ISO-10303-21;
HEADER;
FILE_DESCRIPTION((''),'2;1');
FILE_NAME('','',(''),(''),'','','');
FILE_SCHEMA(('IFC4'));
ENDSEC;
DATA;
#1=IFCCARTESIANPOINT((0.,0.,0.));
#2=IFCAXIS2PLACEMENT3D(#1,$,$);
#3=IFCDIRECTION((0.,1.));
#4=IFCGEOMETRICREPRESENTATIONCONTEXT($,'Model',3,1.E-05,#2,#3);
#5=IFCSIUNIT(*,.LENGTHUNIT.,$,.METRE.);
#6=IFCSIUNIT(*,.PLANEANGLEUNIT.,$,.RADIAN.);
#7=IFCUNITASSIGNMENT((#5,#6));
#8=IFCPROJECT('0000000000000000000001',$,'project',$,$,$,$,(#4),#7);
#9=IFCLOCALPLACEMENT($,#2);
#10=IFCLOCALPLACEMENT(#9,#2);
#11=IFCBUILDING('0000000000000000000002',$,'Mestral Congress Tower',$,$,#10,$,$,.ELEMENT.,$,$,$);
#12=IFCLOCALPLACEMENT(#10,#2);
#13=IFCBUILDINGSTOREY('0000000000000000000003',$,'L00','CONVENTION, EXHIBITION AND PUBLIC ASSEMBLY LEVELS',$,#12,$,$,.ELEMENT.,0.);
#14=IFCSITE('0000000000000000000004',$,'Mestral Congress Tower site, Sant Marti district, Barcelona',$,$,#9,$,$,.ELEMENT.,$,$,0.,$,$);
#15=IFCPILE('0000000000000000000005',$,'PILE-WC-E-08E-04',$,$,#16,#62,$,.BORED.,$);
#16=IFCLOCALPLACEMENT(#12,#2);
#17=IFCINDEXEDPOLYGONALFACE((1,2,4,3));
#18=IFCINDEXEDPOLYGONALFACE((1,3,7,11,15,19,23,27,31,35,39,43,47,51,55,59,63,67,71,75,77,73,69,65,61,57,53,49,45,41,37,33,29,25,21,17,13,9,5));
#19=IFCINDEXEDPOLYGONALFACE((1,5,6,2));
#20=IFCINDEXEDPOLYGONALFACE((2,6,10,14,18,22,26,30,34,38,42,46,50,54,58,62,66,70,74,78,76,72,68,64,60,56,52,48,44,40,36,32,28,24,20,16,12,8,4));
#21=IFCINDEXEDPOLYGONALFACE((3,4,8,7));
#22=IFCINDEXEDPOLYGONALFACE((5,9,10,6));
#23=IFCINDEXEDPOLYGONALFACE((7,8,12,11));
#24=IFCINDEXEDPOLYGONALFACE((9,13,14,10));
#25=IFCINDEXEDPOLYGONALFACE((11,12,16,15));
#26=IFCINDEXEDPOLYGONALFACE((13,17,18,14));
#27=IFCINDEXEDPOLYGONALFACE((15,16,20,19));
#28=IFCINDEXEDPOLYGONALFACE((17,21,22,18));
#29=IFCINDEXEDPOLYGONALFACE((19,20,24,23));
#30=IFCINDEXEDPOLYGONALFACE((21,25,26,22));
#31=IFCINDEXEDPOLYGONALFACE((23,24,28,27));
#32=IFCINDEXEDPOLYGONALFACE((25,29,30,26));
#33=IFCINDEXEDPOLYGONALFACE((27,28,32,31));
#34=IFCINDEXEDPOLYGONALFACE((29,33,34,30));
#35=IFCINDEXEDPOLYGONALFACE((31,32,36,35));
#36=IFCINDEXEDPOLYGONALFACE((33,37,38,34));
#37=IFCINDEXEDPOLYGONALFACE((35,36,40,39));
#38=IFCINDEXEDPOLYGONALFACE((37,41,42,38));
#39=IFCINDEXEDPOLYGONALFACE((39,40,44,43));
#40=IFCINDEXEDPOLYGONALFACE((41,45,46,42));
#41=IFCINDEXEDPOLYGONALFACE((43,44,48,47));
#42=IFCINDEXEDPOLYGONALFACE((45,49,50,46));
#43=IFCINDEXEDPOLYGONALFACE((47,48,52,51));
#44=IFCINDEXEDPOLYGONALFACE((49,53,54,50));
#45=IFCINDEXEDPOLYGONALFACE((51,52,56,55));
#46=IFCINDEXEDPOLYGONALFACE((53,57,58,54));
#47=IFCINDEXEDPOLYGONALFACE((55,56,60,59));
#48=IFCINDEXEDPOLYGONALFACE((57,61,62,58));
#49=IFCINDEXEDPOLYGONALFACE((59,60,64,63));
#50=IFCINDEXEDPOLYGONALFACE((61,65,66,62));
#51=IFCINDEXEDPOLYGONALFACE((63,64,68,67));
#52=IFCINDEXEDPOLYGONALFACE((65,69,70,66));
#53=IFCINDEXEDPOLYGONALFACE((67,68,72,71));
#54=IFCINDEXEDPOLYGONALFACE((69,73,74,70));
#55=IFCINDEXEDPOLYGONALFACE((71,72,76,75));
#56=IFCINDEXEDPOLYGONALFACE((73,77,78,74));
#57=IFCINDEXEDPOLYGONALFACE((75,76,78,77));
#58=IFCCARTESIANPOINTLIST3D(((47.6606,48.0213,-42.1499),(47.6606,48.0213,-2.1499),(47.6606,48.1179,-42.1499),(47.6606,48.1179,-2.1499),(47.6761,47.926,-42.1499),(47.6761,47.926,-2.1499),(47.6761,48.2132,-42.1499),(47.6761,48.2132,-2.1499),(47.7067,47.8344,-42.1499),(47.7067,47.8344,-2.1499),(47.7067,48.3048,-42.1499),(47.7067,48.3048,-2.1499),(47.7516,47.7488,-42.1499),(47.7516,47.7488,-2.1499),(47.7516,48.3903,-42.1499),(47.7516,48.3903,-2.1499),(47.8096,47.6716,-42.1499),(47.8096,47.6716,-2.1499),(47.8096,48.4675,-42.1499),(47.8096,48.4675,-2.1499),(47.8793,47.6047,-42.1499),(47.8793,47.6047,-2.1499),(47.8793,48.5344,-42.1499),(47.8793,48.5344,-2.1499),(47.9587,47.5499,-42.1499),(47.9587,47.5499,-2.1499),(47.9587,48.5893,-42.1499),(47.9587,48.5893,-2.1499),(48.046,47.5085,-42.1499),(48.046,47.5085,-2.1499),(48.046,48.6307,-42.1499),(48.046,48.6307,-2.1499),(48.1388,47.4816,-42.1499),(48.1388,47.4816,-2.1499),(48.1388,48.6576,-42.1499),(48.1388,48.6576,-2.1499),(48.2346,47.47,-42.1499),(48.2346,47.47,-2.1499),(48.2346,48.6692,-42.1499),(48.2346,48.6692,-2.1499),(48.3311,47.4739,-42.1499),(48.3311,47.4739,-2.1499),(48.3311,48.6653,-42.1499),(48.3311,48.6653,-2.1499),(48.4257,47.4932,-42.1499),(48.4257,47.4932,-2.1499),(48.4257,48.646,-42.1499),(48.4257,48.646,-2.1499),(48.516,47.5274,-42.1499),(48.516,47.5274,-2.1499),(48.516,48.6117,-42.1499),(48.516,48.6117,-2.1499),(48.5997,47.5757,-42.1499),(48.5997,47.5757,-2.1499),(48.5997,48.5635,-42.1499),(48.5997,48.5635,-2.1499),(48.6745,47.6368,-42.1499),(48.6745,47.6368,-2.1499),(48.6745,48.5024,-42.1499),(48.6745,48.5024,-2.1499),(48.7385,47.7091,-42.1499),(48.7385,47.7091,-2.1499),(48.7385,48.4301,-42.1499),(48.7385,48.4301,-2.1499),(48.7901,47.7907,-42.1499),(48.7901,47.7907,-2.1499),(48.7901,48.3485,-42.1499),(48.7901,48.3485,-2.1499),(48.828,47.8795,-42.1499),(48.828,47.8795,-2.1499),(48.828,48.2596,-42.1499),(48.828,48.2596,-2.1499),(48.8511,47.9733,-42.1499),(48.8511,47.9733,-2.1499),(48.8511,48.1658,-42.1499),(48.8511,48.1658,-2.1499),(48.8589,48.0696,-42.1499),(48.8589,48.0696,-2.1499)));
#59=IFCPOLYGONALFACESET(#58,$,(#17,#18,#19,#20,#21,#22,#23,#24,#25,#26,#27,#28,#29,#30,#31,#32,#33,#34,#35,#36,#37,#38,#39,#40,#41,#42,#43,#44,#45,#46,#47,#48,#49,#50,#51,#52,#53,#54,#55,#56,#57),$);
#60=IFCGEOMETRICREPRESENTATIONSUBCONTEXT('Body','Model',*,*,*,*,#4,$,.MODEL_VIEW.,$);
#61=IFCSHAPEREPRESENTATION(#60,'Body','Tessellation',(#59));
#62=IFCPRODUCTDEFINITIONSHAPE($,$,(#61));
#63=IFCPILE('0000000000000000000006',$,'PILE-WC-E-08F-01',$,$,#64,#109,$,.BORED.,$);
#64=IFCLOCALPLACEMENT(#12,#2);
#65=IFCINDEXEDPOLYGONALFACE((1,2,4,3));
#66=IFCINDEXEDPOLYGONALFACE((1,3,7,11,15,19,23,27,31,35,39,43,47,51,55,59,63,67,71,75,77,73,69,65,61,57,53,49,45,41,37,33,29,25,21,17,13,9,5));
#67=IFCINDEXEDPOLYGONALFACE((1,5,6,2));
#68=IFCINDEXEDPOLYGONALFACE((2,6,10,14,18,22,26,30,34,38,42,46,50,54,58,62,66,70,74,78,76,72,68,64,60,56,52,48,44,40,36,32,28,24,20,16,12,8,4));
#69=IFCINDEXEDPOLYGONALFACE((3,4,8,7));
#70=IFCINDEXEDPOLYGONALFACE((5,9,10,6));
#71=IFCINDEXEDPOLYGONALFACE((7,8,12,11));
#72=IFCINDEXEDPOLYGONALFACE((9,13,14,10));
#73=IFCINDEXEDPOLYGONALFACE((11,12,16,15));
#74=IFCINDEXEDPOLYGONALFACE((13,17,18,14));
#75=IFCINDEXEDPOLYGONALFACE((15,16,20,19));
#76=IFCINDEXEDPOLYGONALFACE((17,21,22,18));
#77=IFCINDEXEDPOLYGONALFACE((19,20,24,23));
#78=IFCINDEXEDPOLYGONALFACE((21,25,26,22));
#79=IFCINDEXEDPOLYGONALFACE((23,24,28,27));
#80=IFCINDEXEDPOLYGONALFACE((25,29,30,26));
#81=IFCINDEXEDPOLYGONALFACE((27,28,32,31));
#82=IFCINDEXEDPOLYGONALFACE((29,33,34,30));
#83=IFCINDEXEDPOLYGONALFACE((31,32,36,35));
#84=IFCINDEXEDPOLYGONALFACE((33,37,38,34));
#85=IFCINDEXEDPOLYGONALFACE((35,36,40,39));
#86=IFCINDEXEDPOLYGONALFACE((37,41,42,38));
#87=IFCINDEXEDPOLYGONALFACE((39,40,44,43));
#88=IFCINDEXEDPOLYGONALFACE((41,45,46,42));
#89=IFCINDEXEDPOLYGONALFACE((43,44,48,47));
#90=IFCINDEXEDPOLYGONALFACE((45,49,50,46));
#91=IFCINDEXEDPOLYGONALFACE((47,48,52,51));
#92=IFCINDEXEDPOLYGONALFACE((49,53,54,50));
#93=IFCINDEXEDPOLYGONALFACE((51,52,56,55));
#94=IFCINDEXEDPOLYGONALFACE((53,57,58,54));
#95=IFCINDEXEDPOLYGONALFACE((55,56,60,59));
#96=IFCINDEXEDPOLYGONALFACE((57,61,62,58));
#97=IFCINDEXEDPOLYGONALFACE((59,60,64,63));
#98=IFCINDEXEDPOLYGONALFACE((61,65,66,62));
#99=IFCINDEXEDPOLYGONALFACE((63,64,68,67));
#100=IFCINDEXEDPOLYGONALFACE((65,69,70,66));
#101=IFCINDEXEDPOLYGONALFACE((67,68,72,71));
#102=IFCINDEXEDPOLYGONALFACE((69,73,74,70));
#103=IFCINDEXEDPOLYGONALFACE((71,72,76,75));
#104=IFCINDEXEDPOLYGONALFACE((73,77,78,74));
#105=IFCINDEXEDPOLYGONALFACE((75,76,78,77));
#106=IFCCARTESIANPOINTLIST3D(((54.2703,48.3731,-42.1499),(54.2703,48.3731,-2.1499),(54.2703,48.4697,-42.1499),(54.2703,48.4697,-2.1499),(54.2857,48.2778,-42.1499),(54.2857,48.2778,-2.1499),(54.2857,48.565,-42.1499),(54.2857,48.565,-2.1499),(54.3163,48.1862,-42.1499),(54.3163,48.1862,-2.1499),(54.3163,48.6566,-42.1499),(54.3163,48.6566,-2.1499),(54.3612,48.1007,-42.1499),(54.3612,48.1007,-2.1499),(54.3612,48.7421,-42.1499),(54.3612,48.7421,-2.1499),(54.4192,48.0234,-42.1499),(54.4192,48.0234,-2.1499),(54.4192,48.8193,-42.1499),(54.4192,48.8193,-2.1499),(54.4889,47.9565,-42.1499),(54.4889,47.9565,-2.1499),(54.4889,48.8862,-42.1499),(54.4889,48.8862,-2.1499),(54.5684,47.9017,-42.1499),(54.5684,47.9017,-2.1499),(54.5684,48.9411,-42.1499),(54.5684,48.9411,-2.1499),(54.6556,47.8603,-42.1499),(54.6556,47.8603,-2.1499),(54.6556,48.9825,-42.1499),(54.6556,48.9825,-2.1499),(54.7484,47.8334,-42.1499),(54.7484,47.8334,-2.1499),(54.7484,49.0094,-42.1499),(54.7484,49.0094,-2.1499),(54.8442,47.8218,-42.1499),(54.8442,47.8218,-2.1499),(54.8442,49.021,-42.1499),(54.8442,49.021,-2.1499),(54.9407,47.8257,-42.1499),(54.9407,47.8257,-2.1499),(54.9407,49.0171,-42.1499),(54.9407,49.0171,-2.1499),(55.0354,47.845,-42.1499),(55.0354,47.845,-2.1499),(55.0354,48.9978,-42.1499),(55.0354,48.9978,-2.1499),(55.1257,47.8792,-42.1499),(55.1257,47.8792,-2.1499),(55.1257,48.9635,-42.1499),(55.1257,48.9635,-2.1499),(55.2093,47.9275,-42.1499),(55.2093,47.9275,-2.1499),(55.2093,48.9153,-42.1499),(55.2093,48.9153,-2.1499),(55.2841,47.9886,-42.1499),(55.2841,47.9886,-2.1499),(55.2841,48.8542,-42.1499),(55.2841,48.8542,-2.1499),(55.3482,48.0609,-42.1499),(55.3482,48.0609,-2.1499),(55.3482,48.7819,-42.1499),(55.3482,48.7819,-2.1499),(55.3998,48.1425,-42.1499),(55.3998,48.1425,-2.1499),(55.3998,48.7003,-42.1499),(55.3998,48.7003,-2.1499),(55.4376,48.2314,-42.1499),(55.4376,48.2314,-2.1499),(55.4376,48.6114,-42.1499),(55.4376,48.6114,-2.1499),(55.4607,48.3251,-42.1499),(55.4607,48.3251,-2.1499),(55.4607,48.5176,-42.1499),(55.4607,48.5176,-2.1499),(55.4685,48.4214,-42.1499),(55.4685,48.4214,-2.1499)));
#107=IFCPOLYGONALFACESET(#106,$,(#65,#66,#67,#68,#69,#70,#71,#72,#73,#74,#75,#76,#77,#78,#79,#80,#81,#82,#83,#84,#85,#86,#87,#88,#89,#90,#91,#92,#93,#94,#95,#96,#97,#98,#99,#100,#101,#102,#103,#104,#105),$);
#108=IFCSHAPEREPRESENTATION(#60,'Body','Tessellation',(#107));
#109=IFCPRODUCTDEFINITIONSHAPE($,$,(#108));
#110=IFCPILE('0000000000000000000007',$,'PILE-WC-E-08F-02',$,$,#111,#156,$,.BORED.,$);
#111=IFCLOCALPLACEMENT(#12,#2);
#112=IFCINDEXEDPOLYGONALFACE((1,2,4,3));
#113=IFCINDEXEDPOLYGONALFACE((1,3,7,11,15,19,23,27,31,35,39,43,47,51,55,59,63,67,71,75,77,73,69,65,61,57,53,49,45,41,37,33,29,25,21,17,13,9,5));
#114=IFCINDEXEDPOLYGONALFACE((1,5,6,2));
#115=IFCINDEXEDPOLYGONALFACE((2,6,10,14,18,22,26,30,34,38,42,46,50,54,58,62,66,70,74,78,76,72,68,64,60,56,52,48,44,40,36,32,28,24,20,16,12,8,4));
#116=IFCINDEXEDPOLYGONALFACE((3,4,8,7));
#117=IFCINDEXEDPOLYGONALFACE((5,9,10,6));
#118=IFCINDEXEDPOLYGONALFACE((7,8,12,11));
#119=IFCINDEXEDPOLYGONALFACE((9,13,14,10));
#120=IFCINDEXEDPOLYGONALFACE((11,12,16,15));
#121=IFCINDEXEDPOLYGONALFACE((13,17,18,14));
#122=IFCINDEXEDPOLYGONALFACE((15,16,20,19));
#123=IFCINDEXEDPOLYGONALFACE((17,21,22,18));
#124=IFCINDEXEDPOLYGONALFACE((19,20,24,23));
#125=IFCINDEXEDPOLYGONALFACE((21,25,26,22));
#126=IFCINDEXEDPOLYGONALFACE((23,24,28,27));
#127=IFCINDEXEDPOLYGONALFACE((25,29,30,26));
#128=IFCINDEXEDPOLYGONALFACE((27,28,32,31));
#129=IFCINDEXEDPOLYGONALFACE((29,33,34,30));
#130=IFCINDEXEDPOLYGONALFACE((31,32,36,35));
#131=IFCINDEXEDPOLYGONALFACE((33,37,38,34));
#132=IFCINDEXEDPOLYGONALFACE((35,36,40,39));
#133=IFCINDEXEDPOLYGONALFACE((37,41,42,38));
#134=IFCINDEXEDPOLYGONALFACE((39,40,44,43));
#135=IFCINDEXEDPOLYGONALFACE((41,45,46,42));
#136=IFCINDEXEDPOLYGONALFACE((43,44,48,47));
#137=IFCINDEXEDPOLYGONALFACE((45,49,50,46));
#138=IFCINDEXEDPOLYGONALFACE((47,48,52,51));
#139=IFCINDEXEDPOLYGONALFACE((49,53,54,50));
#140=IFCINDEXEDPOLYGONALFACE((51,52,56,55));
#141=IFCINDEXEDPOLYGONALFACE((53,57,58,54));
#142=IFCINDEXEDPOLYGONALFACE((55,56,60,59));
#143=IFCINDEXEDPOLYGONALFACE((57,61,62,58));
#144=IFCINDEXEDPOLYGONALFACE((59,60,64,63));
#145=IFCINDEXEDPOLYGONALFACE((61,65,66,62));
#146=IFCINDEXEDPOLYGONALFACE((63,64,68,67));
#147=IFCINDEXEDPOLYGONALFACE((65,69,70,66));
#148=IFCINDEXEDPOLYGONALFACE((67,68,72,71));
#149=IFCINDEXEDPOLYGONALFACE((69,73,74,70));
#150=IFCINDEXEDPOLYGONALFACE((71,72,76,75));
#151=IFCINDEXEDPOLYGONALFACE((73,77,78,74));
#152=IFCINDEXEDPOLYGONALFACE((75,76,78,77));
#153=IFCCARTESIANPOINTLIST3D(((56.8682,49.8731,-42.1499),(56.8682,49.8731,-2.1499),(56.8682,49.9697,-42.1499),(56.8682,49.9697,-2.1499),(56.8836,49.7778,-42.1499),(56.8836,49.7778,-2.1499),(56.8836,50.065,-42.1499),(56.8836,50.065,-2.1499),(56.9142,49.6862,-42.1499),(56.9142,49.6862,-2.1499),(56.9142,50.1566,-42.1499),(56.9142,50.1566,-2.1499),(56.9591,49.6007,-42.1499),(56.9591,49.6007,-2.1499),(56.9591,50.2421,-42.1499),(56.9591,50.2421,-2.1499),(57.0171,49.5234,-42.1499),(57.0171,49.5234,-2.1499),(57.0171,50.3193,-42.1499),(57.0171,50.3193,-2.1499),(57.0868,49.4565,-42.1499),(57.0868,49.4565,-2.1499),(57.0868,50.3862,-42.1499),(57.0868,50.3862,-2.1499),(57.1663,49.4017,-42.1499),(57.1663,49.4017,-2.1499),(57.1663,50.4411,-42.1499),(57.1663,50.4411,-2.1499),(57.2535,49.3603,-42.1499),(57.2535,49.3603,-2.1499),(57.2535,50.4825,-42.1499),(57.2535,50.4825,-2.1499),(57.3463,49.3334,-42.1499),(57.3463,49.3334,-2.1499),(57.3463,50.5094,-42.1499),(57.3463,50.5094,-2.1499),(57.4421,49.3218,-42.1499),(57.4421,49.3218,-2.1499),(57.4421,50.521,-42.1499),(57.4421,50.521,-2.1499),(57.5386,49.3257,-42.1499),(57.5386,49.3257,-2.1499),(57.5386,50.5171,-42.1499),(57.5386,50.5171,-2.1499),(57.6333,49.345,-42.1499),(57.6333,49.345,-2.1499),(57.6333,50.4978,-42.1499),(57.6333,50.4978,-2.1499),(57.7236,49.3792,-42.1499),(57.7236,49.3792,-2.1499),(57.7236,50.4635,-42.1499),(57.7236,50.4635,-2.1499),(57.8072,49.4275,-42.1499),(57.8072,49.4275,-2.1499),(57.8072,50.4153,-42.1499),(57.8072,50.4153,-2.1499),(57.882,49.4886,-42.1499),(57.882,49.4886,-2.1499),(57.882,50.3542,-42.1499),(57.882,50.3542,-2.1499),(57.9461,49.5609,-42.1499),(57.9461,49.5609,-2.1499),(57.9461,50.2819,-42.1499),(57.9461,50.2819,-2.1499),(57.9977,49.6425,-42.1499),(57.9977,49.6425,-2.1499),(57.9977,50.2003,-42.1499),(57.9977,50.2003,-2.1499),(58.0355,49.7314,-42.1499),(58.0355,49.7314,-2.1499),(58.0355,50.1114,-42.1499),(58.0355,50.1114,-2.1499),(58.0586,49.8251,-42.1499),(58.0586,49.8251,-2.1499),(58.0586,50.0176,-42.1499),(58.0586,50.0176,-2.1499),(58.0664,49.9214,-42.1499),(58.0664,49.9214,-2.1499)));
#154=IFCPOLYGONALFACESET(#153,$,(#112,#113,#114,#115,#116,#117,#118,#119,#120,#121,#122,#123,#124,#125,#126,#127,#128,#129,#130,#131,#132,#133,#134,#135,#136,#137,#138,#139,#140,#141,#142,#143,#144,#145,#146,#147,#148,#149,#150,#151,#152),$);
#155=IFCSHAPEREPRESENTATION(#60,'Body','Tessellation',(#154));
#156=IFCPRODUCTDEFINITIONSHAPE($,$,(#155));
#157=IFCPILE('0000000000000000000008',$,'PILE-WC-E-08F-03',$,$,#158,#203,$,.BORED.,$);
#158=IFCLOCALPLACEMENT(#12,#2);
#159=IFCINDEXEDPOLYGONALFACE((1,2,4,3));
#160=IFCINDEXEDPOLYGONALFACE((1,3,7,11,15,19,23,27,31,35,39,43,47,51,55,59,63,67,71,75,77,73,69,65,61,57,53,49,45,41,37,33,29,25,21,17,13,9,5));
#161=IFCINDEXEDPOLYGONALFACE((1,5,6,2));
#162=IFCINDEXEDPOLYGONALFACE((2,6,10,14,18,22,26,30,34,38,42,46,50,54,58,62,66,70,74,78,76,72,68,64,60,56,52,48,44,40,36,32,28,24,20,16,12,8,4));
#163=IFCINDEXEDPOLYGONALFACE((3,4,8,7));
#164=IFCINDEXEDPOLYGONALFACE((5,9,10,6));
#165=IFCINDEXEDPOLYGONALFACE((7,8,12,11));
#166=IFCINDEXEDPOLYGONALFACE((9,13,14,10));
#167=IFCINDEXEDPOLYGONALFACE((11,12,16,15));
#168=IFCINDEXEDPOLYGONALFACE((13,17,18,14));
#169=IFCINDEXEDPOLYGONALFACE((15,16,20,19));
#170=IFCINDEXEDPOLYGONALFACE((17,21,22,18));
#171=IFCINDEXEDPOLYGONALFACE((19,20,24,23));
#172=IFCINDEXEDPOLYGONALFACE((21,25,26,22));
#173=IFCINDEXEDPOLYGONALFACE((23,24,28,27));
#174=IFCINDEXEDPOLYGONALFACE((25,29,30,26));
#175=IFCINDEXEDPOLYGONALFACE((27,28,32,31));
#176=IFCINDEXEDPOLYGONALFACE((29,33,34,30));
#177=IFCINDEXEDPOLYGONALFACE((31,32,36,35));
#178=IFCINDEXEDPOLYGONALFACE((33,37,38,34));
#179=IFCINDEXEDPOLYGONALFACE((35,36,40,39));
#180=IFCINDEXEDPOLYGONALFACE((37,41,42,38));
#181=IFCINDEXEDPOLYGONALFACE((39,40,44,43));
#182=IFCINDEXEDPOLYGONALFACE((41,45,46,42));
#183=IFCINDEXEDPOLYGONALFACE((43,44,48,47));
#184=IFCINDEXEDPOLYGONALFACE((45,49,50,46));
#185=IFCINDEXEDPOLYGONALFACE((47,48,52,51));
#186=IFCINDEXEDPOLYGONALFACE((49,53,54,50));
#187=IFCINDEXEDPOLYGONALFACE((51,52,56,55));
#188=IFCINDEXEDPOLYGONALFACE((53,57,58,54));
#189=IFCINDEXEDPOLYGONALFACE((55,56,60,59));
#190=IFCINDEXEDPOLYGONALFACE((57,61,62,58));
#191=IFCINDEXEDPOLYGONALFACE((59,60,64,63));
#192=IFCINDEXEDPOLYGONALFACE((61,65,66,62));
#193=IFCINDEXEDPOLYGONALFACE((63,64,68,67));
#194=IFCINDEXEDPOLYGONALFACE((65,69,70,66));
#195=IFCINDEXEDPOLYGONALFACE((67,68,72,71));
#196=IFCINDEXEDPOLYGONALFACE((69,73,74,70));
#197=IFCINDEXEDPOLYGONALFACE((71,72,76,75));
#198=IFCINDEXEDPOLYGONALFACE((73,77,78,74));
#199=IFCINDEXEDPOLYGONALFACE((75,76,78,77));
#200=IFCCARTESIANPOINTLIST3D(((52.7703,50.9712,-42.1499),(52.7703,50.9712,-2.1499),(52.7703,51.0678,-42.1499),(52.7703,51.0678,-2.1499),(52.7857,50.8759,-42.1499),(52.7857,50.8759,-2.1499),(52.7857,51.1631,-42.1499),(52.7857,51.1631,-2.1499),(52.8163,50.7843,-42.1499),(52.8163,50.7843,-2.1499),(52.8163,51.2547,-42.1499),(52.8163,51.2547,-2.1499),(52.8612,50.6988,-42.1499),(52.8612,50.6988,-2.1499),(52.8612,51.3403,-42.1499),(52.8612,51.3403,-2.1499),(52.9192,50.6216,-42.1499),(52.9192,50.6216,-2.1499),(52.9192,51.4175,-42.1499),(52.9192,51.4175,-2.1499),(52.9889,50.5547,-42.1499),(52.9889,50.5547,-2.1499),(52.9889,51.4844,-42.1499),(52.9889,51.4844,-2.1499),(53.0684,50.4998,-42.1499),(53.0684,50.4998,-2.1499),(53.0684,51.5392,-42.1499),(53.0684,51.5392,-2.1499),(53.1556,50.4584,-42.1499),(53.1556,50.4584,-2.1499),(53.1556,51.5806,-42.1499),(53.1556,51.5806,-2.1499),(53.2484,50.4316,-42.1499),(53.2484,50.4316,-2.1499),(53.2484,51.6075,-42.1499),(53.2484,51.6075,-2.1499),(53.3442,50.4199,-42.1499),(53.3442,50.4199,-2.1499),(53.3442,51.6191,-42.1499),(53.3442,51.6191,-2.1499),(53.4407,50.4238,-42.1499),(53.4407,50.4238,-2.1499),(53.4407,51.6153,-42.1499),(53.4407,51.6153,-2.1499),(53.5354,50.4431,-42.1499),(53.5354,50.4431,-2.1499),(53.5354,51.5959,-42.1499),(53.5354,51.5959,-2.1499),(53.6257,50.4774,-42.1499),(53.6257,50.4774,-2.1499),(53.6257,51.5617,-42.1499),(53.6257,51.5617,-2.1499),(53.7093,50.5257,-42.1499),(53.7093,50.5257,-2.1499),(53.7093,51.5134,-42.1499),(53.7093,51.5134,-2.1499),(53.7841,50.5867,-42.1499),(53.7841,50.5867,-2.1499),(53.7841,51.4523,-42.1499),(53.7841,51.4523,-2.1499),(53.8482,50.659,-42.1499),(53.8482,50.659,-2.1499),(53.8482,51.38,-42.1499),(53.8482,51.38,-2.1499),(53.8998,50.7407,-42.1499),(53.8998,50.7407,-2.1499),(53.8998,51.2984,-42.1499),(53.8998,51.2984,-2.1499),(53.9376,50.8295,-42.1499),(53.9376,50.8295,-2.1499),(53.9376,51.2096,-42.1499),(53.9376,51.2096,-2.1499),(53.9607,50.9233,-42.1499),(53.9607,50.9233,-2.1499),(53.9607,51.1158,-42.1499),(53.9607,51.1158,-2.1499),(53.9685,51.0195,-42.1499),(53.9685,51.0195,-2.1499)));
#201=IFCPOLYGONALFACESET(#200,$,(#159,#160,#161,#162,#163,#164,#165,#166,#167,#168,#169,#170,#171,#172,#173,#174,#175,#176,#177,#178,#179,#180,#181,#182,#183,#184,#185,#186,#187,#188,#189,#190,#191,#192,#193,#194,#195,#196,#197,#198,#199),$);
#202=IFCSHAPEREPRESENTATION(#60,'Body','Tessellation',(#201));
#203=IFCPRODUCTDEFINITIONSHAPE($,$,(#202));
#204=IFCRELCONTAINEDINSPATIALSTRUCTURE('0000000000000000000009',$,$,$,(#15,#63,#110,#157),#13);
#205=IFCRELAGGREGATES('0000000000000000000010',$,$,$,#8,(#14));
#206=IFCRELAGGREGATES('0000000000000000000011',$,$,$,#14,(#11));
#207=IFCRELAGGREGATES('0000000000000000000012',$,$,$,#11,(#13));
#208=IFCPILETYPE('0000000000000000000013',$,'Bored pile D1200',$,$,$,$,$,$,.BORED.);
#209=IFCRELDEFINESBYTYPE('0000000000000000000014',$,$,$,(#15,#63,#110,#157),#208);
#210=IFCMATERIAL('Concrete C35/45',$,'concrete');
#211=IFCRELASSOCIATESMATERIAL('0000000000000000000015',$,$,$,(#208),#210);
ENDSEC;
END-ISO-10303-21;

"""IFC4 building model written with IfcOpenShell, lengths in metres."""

from ifc_helpers import new_model, si_unit, direction, frame, origin, origin_2d, place, context, subcontext, project, spatial, circle, extrude, material, material_profile, profile_set, type_object, element, save


model = new_model("IFC4")

# Units and contexts
model_context = context("Model", 3, precision=1e-05, world=origin(), true_north=direction((0.0, 1.0)))
body_context = subcontext(model_context, "Body", "Model", "MODEL_VIEW")
ifc_project = project(units=[si_unit("LENGTHUNIT", "METRE"), si_unit("PLANEANGLEUNIT", "RADIAN")], contexts=[model_context])

# Site, building, storey
site_placement = place(None, origin())
site = spatial("IfcSite", under=ifc_project, at=site_placement, Name="Mestral Congress Tower site, Sant Marti district, Barcelona", CompositionType="ELEMENT", RefElevation=0.0)
building_placement = place(site_placement, origin())
building = spatial("IfcBuilding", under=site, at=building_placement, Name="Mestral Congress Tower", CompositionType="ELEMENT")
storey_placement = place(building_placement, origin())
storey = spatial("IfcBuildingStorey", under=building, at=storey_placement, Name="L00", Description="CONVENTION, EXHIBITION AND PUBLIC ASSEMBLY LEVELS", CompositionType="ELEMENT", Elevation=0.0)

# Piles
ifc_material_1 = material(Name="Concrete C35/45", Category="concrete")
ifc_material_profile_1 = material_profile(ifc_material_1, circle(Radius=0.6001, at=origin_2d()), Name="D1200")
ifc_profile_set_1 = profile_set([ifc_material_profile_1], Name="Concrete C35/45")
pile_type = type_object("IfcPileType", Name="Bored pile D1200", PredefinedType="BORED", material=ifc_profile_set_1)
for number, where, z_axis, x_axis, name in (
    (1, (48.2588, 48.0696, -2.1499), (0.0, 0.0, -1.0), (1.0, 0.0, 0.0), "PILE-WC-E-08E-04"),
    (2, (54.8684, 48.4214, -2.1499), (0.0, 0.0, -1.0), (1.0, 0.0, 0.0), "PILE-WC-E-08F-01"),
    (3, (57.4663, 49.9214, -2.1499), (0.0, 0.0, -1.0), (1.0, 0.0, 0.0), "PILE-WC-E-08F-02"),
    (4, (53.3684, 51.0195, -2.1499), (0.0, 0.0, -1.0), (1.0, 0.0, 0.0), "PILE-WC-E-08F-03"),
):
    element("IfcPile", number, at=place(storey_placement, frame(where, z_axis=z_axis, x_axis=x_axis)), inside=storey, type_object=pile_type, Name=name, PredefinedType="BORED", context=body_context, shape_type="SweptSolid", body=[
        extrude(circle(Radius=0.6001, at=origin_2d()), origin(), (0.0, 0.0, 1.0), 40.0),
    ])

save(model, "model.ifc")
